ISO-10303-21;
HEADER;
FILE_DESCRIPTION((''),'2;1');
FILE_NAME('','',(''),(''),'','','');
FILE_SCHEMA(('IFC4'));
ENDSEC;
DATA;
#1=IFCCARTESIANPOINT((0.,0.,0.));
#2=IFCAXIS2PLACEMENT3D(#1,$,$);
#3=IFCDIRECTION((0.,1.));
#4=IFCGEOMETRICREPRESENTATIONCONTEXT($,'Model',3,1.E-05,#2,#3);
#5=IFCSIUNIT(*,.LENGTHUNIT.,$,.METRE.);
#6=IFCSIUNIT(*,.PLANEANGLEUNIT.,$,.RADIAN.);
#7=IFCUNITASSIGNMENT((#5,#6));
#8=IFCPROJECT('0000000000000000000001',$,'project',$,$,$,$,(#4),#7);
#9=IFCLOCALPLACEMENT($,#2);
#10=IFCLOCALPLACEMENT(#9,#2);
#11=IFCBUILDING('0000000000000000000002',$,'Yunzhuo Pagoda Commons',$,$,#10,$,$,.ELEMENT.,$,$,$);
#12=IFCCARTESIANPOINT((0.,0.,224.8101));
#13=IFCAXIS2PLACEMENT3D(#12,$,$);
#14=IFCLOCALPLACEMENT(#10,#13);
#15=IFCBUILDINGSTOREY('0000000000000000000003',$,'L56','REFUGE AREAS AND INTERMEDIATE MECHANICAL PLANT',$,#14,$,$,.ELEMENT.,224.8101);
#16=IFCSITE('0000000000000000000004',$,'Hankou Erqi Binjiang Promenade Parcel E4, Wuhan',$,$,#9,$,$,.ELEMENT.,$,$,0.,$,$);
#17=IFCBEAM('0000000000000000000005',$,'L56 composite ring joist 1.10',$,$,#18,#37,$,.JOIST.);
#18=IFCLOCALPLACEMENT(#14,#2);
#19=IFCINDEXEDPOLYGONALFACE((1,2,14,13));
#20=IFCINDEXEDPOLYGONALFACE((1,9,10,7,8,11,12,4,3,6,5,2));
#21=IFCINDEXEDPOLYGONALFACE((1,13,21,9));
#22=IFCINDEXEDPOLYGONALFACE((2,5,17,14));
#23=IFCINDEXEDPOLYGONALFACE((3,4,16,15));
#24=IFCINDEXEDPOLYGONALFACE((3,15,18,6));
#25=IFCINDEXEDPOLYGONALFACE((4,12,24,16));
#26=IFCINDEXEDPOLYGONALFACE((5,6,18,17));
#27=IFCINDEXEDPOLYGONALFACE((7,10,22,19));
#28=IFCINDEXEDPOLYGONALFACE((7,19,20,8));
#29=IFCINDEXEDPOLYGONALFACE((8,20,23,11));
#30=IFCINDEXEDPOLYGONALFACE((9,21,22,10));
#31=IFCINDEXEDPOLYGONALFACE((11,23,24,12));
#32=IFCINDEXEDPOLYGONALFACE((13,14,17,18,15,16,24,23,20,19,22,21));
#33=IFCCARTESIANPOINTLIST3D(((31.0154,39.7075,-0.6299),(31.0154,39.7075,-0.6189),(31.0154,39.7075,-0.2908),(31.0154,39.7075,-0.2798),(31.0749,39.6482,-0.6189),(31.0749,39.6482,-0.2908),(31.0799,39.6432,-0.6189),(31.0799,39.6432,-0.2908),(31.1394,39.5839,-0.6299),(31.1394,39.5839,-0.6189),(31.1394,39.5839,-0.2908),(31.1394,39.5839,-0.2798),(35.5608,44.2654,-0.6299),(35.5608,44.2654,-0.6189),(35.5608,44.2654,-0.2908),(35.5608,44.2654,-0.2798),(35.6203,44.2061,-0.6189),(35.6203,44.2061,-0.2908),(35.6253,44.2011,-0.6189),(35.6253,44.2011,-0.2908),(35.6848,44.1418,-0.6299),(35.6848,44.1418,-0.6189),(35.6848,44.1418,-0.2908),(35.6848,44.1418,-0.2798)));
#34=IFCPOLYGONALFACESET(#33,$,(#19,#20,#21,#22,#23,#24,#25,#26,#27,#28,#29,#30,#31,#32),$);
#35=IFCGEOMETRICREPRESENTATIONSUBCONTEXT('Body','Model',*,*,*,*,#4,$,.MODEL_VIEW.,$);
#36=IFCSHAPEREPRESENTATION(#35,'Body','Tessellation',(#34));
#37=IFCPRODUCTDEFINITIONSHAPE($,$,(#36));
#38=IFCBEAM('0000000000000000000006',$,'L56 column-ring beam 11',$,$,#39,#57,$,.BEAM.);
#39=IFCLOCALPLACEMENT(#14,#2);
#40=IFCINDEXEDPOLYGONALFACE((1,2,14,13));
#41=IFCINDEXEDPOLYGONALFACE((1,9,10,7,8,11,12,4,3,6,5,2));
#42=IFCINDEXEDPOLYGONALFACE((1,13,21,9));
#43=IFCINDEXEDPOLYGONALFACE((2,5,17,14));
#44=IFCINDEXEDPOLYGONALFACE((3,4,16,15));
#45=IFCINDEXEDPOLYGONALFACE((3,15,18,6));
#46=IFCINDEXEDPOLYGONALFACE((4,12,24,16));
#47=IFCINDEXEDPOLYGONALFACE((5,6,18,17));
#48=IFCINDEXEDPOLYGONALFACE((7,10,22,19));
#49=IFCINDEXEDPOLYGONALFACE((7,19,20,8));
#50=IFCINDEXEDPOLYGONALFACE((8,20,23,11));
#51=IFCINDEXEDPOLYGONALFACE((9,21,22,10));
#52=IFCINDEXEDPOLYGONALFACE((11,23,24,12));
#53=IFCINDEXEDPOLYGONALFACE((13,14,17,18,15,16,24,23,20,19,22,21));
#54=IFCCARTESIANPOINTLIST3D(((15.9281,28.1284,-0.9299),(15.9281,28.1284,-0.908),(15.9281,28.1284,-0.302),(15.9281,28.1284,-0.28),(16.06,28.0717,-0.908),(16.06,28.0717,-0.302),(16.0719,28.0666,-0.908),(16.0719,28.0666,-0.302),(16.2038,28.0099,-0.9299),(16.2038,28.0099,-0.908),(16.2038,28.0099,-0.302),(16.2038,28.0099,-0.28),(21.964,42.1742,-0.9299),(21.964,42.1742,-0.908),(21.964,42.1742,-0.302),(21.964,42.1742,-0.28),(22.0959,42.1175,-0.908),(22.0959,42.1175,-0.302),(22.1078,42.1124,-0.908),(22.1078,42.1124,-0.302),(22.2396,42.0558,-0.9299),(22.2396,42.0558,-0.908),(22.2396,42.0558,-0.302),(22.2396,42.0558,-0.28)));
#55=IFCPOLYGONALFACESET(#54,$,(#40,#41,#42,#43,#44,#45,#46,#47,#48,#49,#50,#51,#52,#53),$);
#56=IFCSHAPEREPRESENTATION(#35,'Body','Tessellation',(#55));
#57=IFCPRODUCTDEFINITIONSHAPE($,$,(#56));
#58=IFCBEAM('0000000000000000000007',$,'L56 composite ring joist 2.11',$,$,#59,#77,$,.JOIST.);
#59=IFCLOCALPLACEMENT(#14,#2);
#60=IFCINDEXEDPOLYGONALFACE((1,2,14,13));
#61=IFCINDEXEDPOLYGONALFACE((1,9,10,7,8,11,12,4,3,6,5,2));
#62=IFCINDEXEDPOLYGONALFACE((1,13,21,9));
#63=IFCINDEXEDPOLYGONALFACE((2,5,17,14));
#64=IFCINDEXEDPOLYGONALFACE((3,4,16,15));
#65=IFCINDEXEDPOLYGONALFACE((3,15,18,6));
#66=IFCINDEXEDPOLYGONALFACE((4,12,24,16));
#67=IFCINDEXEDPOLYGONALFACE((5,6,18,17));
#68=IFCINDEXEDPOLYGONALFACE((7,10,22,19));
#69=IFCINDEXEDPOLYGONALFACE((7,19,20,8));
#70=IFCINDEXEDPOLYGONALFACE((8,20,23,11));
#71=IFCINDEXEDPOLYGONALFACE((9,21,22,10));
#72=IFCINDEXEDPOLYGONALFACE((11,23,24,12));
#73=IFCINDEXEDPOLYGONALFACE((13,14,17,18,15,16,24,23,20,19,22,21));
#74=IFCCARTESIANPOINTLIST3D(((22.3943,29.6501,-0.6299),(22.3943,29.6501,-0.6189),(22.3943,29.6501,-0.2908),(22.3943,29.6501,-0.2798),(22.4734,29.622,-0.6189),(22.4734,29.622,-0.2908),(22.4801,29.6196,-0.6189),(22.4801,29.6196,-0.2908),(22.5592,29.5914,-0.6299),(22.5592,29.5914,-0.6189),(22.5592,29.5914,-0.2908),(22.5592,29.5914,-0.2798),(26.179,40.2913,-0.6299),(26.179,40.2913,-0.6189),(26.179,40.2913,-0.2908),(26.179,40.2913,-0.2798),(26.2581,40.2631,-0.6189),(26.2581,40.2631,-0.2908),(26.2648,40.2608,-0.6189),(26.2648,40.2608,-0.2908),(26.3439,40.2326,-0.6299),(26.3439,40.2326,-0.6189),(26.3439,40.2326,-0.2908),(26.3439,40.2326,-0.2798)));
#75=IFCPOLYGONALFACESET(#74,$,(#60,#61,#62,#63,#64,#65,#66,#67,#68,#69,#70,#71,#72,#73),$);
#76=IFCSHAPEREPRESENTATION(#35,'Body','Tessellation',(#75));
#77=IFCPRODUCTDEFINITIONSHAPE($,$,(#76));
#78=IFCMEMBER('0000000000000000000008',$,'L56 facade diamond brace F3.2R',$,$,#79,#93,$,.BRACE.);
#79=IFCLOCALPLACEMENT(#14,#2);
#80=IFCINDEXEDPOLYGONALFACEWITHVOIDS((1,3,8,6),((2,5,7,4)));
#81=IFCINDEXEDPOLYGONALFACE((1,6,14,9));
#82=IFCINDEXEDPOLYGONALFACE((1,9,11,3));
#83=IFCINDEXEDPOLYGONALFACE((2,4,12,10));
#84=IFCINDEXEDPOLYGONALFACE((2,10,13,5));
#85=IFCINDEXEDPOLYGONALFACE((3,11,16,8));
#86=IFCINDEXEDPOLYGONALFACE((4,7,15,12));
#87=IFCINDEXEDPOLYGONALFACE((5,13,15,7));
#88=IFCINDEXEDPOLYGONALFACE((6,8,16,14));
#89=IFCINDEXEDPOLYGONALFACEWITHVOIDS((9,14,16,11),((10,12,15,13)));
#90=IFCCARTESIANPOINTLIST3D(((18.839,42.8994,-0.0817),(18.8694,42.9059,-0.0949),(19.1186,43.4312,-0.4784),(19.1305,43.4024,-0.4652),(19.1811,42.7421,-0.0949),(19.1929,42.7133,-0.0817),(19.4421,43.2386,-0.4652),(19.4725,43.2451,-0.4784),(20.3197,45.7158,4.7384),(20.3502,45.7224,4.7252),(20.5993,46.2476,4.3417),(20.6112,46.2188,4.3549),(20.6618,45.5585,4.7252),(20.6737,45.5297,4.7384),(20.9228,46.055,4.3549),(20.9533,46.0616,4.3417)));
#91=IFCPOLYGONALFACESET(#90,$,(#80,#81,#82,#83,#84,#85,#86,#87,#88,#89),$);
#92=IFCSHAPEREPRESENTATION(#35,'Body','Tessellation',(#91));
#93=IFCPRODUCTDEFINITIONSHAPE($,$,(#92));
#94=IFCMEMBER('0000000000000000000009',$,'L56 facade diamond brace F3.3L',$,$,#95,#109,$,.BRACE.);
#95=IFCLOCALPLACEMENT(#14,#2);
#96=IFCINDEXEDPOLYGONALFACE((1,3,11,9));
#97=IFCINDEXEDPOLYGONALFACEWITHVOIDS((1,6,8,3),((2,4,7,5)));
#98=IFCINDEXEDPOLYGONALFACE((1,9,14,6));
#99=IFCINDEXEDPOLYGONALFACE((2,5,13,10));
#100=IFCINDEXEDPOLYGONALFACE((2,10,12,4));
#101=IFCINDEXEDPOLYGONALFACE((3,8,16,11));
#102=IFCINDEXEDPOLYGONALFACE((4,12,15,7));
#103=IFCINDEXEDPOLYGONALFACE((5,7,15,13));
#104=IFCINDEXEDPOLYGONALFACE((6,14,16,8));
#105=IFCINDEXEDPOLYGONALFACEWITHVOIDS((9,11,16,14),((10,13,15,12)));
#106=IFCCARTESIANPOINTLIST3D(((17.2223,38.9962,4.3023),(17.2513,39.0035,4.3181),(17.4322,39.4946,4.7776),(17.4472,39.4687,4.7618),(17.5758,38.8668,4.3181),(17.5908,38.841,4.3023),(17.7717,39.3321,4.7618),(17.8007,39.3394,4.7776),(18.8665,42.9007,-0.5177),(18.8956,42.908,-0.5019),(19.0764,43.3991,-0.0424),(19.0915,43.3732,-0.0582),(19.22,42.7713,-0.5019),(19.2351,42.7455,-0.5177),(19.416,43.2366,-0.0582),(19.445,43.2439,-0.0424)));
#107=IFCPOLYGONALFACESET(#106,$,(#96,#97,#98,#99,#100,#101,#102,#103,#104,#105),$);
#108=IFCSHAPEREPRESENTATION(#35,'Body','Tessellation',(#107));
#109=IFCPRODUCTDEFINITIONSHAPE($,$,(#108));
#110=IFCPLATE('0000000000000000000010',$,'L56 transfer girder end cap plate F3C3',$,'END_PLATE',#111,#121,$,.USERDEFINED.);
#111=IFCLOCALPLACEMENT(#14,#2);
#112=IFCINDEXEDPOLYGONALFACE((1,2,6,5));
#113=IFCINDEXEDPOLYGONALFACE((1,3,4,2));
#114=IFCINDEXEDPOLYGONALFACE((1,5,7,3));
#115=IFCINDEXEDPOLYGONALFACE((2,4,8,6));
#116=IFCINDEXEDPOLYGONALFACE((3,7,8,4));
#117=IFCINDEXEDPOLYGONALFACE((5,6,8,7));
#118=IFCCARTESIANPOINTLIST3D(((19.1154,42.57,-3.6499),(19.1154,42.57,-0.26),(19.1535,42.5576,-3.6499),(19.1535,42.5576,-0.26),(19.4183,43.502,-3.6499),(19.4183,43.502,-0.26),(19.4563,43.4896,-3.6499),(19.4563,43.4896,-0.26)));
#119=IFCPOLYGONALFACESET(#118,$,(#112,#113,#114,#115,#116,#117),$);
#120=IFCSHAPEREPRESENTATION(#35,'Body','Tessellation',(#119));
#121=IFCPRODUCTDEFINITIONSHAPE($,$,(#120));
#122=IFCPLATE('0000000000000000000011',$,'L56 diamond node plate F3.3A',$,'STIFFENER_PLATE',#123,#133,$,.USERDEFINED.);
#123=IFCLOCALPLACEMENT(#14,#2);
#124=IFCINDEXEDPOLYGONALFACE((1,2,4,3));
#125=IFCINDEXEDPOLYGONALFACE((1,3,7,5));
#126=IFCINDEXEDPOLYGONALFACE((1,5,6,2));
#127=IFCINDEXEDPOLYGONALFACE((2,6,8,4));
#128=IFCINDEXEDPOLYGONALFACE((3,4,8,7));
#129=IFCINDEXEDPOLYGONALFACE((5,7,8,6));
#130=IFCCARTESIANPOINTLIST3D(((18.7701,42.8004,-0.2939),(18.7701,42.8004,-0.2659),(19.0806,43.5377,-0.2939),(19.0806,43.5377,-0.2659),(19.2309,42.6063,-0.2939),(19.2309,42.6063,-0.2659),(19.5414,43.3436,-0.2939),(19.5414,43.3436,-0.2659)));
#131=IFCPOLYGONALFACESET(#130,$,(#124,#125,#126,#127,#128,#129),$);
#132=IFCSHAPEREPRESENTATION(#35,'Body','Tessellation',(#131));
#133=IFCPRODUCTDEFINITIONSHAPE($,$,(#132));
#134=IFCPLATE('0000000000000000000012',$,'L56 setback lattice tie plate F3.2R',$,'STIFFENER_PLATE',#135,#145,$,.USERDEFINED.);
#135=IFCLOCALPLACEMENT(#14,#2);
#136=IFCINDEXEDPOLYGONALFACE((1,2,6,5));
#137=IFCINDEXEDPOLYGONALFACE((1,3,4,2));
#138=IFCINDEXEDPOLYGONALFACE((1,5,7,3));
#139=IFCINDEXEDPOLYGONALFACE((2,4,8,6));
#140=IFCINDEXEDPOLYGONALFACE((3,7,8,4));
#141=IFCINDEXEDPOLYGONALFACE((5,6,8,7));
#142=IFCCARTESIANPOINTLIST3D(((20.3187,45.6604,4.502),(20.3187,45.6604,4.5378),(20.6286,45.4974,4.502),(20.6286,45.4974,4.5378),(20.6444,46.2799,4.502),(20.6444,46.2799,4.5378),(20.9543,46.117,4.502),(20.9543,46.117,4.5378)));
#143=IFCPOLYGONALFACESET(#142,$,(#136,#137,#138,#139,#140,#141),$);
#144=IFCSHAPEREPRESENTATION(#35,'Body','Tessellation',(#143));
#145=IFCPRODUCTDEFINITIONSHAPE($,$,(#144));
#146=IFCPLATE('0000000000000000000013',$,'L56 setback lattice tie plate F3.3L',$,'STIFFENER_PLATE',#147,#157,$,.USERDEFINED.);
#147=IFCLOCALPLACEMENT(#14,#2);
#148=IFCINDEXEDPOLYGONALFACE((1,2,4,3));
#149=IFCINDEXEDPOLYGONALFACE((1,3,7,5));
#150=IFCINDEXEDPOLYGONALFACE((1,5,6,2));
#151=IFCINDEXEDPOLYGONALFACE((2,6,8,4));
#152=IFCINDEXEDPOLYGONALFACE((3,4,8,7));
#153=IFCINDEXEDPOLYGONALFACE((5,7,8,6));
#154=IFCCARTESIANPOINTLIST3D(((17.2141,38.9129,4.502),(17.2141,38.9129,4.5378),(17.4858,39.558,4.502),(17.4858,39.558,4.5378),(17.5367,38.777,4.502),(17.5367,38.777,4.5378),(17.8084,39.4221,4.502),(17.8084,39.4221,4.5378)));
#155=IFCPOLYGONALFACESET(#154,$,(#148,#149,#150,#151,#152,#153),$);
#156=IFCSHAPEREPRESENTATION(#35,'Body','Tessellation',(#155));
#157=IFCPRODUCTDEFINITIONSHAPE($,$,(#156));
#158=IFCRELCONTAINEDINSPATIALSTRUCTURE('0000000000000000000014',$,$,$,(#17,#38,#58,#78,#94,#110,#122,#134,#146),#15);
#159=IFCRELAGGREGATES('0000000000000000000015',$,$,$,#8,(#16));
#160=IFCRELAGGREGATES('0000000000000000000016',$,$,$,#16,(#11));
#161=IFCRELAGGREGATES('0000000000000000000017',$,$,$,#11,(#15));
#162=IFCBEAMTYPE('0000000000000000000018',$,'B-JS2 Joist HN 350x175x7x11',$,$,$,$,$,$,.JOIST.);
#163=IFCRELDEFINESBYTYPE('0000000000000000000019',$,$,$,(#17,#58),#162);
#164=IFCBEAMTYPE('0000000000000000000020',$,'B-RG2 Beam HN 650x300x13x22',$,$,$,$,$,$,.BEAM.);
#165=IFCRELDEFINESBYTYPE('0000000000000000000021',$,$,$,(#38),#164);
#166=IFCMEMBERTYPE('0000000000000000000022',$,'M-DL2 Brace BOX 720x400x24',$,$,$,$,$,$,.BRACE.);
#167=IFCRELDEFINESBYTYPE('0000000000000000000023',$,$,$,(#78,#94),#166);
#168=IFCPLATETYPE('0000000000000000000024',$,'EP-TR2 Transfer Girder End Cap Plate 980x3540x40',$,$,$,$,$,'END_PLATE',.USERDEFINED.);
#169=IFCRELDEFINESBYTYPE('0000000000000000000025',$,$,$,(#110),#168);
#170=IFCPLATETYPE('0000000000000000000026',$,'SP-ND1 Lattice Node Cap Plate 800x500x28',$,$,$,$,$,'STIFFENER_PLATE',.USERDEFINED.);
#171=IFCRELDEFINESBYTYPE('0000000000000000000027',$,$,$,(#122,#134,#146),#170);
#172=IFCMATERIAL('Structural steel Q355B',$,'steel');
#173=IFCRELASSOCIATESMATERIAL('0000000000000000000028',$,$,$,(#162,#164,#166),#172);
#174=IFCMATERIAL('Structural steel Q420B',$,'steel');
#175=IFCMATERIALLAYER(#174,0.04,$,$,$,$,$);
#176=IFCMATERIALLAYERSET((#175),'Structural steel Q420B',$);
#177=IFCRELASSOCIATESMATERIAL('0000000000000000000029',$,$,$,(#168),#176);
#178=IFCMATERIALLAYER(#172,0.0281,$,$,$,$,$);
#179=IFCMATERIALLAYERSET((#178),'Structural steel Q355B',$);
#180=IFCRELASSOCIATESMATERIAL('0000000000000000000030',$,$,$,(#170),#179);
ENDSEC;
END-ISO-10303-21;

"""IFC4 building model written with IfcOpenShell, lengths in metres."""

from ifc_helpers import new_model, si_unit, direction, frame, origin, origin_2d, place, context, subcontext, project, spatial, rectangle, hollow_rectangle, i_section, extrude, source, transform, mapped, material, layer, layer_set, material_profile, profile_set, type_object, element, save


model = new_model("IFC4")

# Units and contexts
model_context = context("Model", 3, precision=1e-05, world=origin(), true_north=direction((0.0, 1.0)))
body_context = subcontext(model_context, "Body", "Model", "MODEL_VIEW")
ifc_project = project(units=[si_unit("LENGTHUNIT", "METRE"), si_unit("PLANEANGLEUNIT", "RADIAN")], contexts=[model_context])

# Site, building, storey
site_placement = place(None, origin())
site = spatial("IfcSite", under=ifc_project, at=site_placement, Name="Hankou Erqi Binjiang Promenade Parcel E4, Wuhan", CompositionType="ELEMENT", RefElevation=0.0)
building_placement = place(site_placement, origin())
building = spatial("IfcBuilding", under=site, at=building_placement, Name="Yunzhuo Pagoda Commons", CompositionType="ELEMENT")
storey_placement = place(building_placement, frame((0.0, 0.0, 224.8101)))
storey = spatial("IfcBuildingStorey", under=building, at=storey_placement, Name="L56", Description="REFUGE AREAS AND INTERMEDIATE MECHANICAL PLANT", CompositionType="ELEMENT", Elevation=224.8101)

# Shared definitions
ifc_material_1 = material(Name="Structural steel Q420B", Category="steel")
ifc_material_2 = material(Name="Structural steel Q355B", Category="steel")

# Beams
ifc_material_profile_1 = material_profile(ifc_material_2, i_section(OverallWidth=0.175, OverallDepth=0.3501, WebThickness=0.0071, FlangeThickness=0.011, at=origin_2d()), Name="Structural steel Q355B")
ifc_profile_set_1 = profile_set([ifc_material_profile_1], Name="Structural steel Q355B")
beam_type_1 = type_object("IfcBeamType", Name="B-JS2 Joist HN 350x175x7x11", PredefinedType="JOIST", material=ifc_profile_set_1)
shared_shape_1 = source(origin(), body_context, "Body", "SweptSolid", [
    extrude(i_section(OverallWidth=0.175, OverallDepth=0.3501, WebThickness=0.0071, FlangeThickness=0.011, at=origin_2d()), origin(), (0.0, 0.0, 1.0), 6.437),
])
beam_1_placement = place(storey_placement, frame((35.6228, 44.2036, -0.4548), z_axis=(-0.706139, -0.708073, 0.0), x_axis=(0.708073, -0.706139, 0.0)))
element("IfcBeam", 1, at=beam_1_placement, inside=storey, type_object=beam_type_1, Name="L56 composite ring joist 1.10", PredefinedType="JOIST", context=body_context, shape_type="MappedRepresentation", body=[
    mapped(shared_shape_1, transform((0.0, 0.0, 0.0), scale=1.0)),
])
ifc_material_profile_2 = material_profile(ifc_material_2, i_section(OverallWidth=0.3, OverallDepth=0.6499, WebThickness=0.0129, FlangeThickness=0.022, at=origin_2d()), Name="Structural steel Q355B")
ifc_profile_set_2 = profile_set([ifc_material_profile_2], Name="Structural steel Q355B")
beam_type_2 = type_object("IfcBeamType", Name="B-RG2 Beam HN 650x300x13x22", PredefinedType="BEAM", material=ifc_profile_set_2)
shared_shape_2 = source(origin(), body_context, "Body", "SweptSolid", [
    extrude(i_section(OverallWidth=0.3, OverallDepth=0.6499, WebThickness=0.0129, FlangeThickness=0.022, at=origin_2d()), origin(), (0.0, 0.0, 1.0), 15.2878),
])
beam_2_placement = place(storey_placement, frame((22.1018, 42.115, -0.605), z_axis=(-0.394815, -0.91876, 0.0), x_axis=(0.91876, -0.394815, 0.0)))
element("IfcBeam", 2, at=beam_2_placement, inside=storey, type_object=beam_type_2, Name="L56 column-ring beam 11", PredefinedType="BEAM", context=body_context, shape_type="MappedRepresentation", body=[
    mapped(shared_shape_2, transform((0.0, 0.0, 0.0), scale=1.0)),
])
shared_shape_3 = source(origin(), body_context, "Body", "SweptSolid", [
    extrude(i_section(OverallWidth=0.175, OverallDepth=0.3501, WebThickness=0.0071, FlangeThickness=0.011, at=origin_2d()), origin(), (0.0, 0.0, 1.0), 11.2942),
])
beam_3_placement = place(storey_placement, frame((26.2615, 40.262, -0.4548), z_axis=(-0.335101, -0.942182, 0.0), x_axis=(0.942182, -0.335101, 0.0)))
element("IfcBeam", 3, at=beam_3_placement, inside=storey, type_object=beam_type_1, Name="L56 composite ring joist 2.11", PredefinedType="JOIST", context=body_context, shape_type="MappedRepresentation", body=[
    mapped(shared_shape_3, transform((0.0, 0.0, 0.0), scale=1.0)),
])

# Members
ifc_material_profile_3 = material_profile(ifc_material_2, hollow_rectangle(XDim=0.3999, YDim=0.72, WallThickness=0.0239, at=origin_2d()), Name="Structural steel Q355B")
ifc_profile_set_3 = profile_set([ifc_material_profile_3], Name="Structural steel Q355B")
member_type = type_object("IfcMemberType", Name="M-DL2 Brace BOX 720x400x24", PredefinedType="BRACE", material=ifc_profile_set_3)
shared_shape_4 = source(origin(), body_context, "Body", "SweptSolid", [
    extrude(hollow_rectangle(XDim=0.3999, YDim=0.72, WallThickness=0.0239, at=origin_2d()), origin(), (0.0, 0.0, 1.0), 5.7756),
])
member_1_placement = place(storey_placement, frame((19.1558, 43.0723, -0.28), z_axis=(0.256373, 0.487638, 0.834555), x_axis=(-0.885126, 0.465351, 0.0)))
element("IfcMember", 4, at=member_1_placement, inside=storey, type_object=member_type, Name="L56 facade diamond brace F3.2R", PredefinedType="BRACE", context=body_context, shape_type="MappedRepresentation", body=[
    mapped(shared_shape_4, transform((0.0, 0.0, 0.0), scale=1.0)),
])
shared_shape_5 = source(origin(), body_context, "Body", "SweptSolid", [
    extrude(hollow_rectangle(XDim=0.3999, YDim=0.72, WallThickness=0.0239, at=origin_2d()), origin(), (0.0, 0.0, 1.0), 6.4172),
])
member_2_placement = place(storey_placement, frame((19.1558, 43.0723, -0.28), z_axis=(-0.256226, -0.608437, 0.751101), x_axis=(0.921613, -0.388111, 0.0)))
element("IfcMember", 5, at=member_2_placement, inside=storey, type_object=member_type, Name="L56 facade diamond brace F3.3L", PredefinedType="BRACE", context=body_context, shape_type="MappedRepresentation", body=[
    mapped(shared_shape_5, transform((0.0, 0.0, 0.0), scale=1.0)),
])

# Plates
ifc_layer_1 = layer(ifc_material_1, 0.04)
ifc_layer_set_1 = layer_set([ifc_layer_1], Name="Structural steel Q420B")
plate_type_1 = type_object("IfcPlateType", Name="EP-TR2 Transfer Girder End Cap Plate 980x3540x40", ElementType="END_PLATE", PredefinedType="USERDEFINED", material=ifc_layer_set_1)
shared_shape_6 = source(origin(), body_context, "Body", "SweptSolid", [
    extrude(rectangle(XDim=0.98, YDim=0.04, at=origin_2d()), origin(), (0.0, 0.0, 1.0), 3.3899),
])
plate_1_placement = place(storey_placement, frame((19.2859, 43.0298, -3.6499), z_axis=(0.0, 0.0, 1.0), x_axis=(-0.309017, -0.951057, 0.0)))
element("IfcPlate", 6, at=plate_1_placement, inside=storey, type_object=plate_type_1, Name="L56 transfer girder end cap plate F3C3", ObjectType="END_PLATE", PredefinedType="USERDEFINED", context=body_context, shape_type="MappedRepresentation", body=[
    mapped(shared_shape_6, transform((0.0, 0.0, 0.0), scale=1.0)),
])
ifc_layer_2 = layer(ifc_material_2, 0.0281)
ifc_layer_set_2 = layer_set([ifc_layer_2], Name="Structural steel Q355B")
plate_type_2 = type_object("IfcPlateType", Name="SP-ND1 Lattice Node Cap Plate 800x500x28", ElementType="STIFFENER_PLATE", PredefinedType="USERDEFINED", material=ifc_layer_set_2)
shared_shape_7 = source(origin(), body_context, "Body", "SweptSolid", [
    extrude(rectangle(XDim=0.8, YDim=0.5, at=origin_2d()), origin(), (0.0, 0.0, 1.0), 0.0281),
])
plate_2_placement = place(storey_placement, frame((19.1558, 43.072, -0.2939), z_axis=(0.0, 0.0, 1.0), x_axis=(-0.388175, -0.921586, 0.0)))
element("IfcPlate", 7, at=plate_2_placement, inside=storey, type_object=plate_type_2, Name="L56 diamond node plate F3.3A", ObjectType="STIFFENER_PLATE", PredefinedType="USERDEFINED", context=body_context, shape_type="MappedRepresentation", body=[
    mapped(shared_shape_7, transform((0.0, 0.0, 0.0), scale=1.0)),
])
shared_shape_8 = source(origin(), body_context, "Body", "SweptSolid", [
    extrude(rectangle(XDim=0.7, YDim=0.3501, at=origin_2d()), origin(), (0.0, 0.0, 1.0), 0.0359),
])
for number, where, z_axis, x_axis, name in (
    (8, (20.6365, 45.8887, 4.502), (0.0, 0.0, 1.0), (-0.465336, -0.885134, 0.0), "L56 setback lattice tie plate F3.2R"),
    (9, (17.5112, 39.1675, 4.502), (0.0, 0.0, 1.0), (-0.388175, -0.921586, 0.0), "L56 setback lattice tie plate F3.3L"),
):
    element("IfcPlate", number, at=place(storey_placement, frame(where, z_axis=z_axis, x_axis=x_axis)), inside=storey, type_object=plate_type_2, Name=name, ObjectType="STIFFENER_PLATE", PredefinedType="USERDEFINED", context=body_context, shape_type="MappedRepresentation", body=[
        mapped(shared_shape_8, transform((0.0, 0.0, 0.0), scale=1.0)),
    ])

save(model, "model.ifc")
